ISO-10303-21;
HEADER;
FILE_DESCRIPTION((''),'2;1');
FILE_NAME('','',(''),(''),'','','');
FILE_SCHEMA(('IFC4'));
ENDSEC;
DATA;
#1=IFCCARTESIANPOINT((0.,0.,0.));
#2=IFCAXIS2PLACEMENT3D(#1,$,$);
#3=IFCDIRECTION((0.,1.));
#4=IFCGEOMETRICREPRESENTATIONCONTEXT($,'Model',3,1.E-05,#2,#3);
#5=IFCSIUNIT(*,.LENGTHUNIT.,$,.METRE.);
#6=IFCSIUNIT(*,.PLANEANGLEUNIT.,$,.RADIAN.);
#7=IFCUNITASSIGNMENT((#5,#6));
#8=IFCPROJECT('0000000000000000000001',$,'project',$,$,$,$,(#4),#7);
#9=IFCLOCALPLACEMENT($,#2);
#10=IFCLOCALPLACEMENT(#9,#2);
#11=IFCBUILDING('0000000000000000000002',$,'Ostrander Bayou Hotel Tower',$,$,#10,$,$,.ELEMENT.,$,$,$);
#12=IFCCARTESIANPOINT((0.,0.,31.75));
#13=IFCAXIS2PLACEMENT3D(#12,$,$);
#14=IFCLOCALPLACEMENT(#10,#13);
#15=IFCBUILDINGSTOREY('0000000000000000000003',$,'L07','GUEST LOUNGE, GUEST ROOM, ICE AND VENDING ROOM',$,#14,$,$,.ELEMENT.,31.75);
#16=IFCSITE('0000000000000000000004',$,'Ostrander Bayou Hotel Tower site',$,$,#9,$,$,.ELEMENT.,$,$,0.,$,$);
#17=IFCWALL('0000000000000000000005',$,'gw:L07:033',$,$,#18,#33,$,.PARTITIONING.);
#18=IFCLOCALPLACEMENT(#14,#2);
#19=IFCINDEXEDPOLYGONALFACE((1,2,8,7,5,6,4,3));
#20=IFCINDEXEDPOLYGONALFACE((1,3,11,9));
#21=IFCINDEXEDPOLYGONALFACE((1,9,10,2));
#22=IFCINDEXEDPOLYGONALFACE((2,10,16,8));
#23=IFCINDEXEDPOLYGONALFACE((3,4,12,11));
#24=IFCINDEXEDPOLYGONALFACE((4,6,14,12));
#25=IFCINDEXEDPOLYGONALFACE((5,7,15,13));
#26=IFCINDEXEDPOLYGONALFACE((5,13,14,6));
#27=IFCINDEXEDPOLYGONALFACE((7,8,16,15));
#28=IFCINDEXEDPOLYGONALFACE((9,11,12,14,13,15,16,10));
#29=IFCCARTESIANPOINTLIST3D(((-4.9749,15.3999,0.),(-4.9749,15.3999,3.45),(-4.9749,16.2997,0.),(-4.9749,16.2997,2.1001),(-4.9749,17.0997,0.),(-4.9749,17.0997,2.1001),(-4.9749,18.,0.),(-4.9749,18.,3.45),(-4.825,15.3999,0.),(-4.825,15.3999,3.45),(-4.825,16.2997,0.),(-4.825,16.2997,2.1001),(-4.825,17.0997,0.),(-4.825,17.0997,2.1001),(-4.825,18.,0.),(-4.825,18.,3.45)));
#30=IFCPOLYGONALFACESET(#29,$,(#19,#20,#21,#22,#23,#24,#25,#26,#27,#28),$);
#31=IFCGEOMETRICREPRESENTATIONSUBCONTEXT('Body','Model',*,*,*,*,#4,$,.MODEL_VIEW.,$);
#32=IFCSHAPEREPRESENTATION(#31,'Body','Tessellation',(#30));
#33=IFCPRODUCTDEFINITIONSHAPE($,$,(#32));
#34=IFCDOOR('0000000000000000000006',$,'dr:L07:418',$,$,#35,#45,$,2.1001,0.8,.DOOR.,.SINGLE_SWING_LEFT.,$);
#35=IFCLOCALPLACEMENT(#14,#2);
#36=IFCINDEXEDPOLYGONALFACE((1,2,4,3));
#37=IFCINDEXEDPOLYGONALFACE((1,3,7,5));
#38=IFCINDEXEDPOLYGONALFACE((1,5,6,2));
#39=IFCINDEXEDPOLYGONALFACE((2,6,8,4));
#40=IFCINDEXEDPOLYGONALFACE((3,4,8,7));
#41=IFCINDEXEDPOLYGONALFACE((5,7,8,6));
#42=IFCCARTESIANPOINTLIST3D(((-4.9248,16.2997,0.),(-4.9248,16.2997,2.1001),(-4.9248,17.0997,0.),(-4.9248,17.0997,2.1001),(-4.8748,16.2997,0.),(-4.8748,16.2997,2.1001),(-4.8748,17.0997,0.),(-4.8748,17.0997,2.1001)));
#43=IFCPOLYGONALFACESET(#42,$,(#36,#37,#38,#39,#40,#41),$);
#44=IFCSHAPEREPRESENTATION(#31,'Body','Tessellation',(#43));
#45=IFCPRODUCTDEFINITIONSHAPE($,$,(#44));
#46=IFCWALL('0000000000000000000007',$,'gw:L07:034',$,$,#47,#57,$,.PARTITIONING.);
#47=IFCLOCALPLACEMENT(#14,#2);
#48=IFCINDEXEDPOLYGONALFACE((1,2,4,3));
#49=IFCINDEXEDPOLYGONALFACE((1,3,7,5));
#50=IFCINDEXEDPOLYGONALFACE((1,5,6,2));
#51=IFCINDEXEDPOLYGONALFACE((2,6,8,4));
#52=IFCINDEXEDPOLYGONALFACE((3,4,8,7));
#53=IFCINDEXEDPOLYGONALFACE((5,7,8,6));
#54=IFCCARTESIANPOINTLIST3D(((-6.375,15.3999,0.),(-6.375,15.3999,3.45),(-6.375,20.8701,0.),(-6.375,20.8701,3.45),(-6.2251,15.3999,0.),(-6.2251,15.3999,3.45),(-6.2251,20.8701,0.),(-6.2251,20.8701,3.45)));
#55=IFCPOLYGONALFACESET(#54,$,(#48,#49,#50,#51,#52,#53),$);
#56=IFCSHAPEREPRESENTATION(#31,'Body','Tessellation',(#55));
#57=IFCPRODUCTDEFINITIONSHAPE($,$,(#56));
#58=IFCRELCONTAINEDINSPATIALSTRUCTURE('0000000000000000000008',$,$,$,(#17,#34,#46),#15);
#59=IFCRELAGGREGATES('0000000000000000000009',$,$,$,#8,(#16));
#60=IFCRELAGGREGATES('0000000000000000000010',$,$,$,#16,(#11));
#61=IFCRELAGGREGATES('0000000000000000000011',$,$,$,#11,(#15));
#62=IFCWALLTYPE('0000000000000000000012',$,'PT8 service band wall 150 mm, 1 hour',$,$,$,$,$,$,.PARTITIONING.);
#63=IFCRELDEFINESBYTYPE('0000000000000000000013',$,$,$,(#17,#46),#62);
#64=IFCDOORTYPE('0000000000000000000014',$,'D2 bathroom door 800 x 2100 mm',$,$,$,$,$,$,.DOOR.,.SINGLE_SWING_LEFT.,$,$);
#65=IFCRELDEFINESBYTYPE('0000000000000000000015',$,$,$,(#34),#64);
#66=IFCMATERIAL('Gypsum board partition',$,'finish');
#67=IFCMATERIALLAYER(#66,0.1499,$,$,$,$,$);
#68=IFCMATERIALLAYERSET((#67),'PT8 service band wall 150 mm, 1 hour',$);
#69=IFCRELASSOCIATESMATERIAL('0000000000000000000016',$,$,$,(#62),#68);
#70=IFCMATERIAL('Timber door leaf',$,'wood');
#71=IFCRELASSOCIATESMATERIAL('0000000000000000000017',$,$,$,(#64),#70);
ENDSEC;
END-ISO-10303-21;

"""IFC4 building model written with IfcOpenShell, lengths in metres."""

from ifc_helpers import new_model, si_unit, direction, frame, frame_2d, origin, place, context, subcontext, project, spatial, rectangle, extrude, material, layer, layer_set, type_object, element, fill, save


model = new_model("IFC4")

# Units and contexts
model_context = context("Model", 3, precision=1e-05, world=origin(), true_north=direction((0.0, 1.0)))
body_context = subcontext(model_context, "Body", "Model", "MODEL_VIEW")
ifc_project = project(units=[si_unit("LENGTHUNIT", "METRE"), si_unit("PLANEANGLEUNIT", "RADIAN")], contexts=[model_context])

# Site, building, storey
site_placement = place(None, origin())
site = spatial("IfcSite", under=ifc_project, at=site_placement, Name="Ostrander Bayou Hotel Tower site", CompositionType="ELEMENT", RefElevation=0.0)
building_placement = place(site_placement, origin())
building = spatial("IfcBuilding", under=site, at=building_placement, Name="Ostrander Bayou Hotel Tower", CompositionType="ELEMENT")
storey_placement = place(building_placement, frame((0.0, 0.0, 31.75)))
storey = spatial("IfcBuildingStorey", under=building, at=storey_placement, Name="L07", Description="GUEST LOUNGE, GUEST ROOM, ICE AND VENDING ROOM", CompositionType="ELEMENT", Elevation=31.75)

# Shared definitions
ifc_material_1 = material(Name="Gypsum board partition", Category="finish")
ifc_layer_1 = layer(ifc_material_1, 0.1499)
ifc_layer_set_1 = layer_set([ifc_layer_1], Name="PT8 service band wall 150 mm, 1 hour")
wall_type_1 = type_object("IfcWallType", Name="PT8 service band wall 150 mm, 1 hour", PredefinedType="PARTITIONING", material=ifc_layer_set_1)

# Wall, opening, door
wall_1_placement = place(storey_placement, frame((-4.8999, 15.3999, 0.0), z_axis=(0.0, 0.0, 1.0), x_axis=(0.0, 1.0, 0.0)))
wall_1 = element("IfcWall", 1, at=wall_1_placement, inside=storey, type_object=wall_type_1, Name="gw:L07:033", PredefinedType="PARTITIONING", context=body_context, shape_type="SweptSolid", body=[
    extrude(rectangle(XDim=2.6001, YDim=0.1499, at=frame_2d((1.3, 0.0))), origin(), (0.0, 0.0, 1.0), 3.45),
])
opening_1_placement = place(wall_1_placement, frame((0.8999, 0.0, 0.0)))
opening_1 = element("IfcOpeningElement", 2, at=opening_1_placement, cuts=wall_1, PredefinedType="OPENING", context=body_context, shape_type="SweptSolid", body=[
    extrude(rectangle(XDim=0.8, YDim=2.1001, at=frame_2d((0.3999, 1.05))), frame((0.0, 0.075, 0.0), z_axis=(0.0, -1.0, 0.0), x_axis=(1.0, 0.0, 0.0)), (0.0, 0.0, 1.0), 0.1499),
])
ifc_material_2 = material(Name="Timber door leaf", Category="wood")
door_type_1 = type_object("IfcDoorType", Name="D2 bathroom door 800 x 2100 mm", OperationType="SINGLE_SWING_LEFT", PredefinedType="DOOR", material=ifc_material_2)
door_1_placement = place(opening_1_placement, origin())
door_1 = element("IfcDoor", 3, at=door_1_placement, inside=storey, type_object=door_type_1, Name="dr:L07:418", OperationType="SINGLE_SWING_LEFT", OverallHeight=2.1001, OverallWidth=0.8, PredefinedType="DOOR", context=body_context, shape_type="SweptSolid", body=[
    extrude(rectangle(XDim=0.8, YDim=2.1001, at=frame_2d((0.3999, 1.05))), frame((0.0, 0.0249, 0.0), z_axis=(0.0, -1.0, 0.0), x_axis=(1.0, 0.0, 0.0)), (0.0, 0.0, 1.0), 0.05),
])
fill(opening_1, door_1)

# Wall
wall_2_placement = place(storey_placement, frame((-6.3, 15.3999, 0.0), z_axis=(0.0, 0.0, 1.0), x_axis=(0.0, 1.0, 0.0)))
element("IfcWall", 4, at=wall_2_placement, inside=storey, type_object=wall_type_1, Name="gw:L07:034", PredefinedType="PARTITIONING", context=body_context, shape_type="SweptSolid", body=[
    extrude(rectangle(XDim=5.4702, YDim=0.1499, at=frame_2d((2.7351, 0.0))), origin(), (0.0, 0.0, 1.0), 3.45),
])

save(model, "model.ifc")
